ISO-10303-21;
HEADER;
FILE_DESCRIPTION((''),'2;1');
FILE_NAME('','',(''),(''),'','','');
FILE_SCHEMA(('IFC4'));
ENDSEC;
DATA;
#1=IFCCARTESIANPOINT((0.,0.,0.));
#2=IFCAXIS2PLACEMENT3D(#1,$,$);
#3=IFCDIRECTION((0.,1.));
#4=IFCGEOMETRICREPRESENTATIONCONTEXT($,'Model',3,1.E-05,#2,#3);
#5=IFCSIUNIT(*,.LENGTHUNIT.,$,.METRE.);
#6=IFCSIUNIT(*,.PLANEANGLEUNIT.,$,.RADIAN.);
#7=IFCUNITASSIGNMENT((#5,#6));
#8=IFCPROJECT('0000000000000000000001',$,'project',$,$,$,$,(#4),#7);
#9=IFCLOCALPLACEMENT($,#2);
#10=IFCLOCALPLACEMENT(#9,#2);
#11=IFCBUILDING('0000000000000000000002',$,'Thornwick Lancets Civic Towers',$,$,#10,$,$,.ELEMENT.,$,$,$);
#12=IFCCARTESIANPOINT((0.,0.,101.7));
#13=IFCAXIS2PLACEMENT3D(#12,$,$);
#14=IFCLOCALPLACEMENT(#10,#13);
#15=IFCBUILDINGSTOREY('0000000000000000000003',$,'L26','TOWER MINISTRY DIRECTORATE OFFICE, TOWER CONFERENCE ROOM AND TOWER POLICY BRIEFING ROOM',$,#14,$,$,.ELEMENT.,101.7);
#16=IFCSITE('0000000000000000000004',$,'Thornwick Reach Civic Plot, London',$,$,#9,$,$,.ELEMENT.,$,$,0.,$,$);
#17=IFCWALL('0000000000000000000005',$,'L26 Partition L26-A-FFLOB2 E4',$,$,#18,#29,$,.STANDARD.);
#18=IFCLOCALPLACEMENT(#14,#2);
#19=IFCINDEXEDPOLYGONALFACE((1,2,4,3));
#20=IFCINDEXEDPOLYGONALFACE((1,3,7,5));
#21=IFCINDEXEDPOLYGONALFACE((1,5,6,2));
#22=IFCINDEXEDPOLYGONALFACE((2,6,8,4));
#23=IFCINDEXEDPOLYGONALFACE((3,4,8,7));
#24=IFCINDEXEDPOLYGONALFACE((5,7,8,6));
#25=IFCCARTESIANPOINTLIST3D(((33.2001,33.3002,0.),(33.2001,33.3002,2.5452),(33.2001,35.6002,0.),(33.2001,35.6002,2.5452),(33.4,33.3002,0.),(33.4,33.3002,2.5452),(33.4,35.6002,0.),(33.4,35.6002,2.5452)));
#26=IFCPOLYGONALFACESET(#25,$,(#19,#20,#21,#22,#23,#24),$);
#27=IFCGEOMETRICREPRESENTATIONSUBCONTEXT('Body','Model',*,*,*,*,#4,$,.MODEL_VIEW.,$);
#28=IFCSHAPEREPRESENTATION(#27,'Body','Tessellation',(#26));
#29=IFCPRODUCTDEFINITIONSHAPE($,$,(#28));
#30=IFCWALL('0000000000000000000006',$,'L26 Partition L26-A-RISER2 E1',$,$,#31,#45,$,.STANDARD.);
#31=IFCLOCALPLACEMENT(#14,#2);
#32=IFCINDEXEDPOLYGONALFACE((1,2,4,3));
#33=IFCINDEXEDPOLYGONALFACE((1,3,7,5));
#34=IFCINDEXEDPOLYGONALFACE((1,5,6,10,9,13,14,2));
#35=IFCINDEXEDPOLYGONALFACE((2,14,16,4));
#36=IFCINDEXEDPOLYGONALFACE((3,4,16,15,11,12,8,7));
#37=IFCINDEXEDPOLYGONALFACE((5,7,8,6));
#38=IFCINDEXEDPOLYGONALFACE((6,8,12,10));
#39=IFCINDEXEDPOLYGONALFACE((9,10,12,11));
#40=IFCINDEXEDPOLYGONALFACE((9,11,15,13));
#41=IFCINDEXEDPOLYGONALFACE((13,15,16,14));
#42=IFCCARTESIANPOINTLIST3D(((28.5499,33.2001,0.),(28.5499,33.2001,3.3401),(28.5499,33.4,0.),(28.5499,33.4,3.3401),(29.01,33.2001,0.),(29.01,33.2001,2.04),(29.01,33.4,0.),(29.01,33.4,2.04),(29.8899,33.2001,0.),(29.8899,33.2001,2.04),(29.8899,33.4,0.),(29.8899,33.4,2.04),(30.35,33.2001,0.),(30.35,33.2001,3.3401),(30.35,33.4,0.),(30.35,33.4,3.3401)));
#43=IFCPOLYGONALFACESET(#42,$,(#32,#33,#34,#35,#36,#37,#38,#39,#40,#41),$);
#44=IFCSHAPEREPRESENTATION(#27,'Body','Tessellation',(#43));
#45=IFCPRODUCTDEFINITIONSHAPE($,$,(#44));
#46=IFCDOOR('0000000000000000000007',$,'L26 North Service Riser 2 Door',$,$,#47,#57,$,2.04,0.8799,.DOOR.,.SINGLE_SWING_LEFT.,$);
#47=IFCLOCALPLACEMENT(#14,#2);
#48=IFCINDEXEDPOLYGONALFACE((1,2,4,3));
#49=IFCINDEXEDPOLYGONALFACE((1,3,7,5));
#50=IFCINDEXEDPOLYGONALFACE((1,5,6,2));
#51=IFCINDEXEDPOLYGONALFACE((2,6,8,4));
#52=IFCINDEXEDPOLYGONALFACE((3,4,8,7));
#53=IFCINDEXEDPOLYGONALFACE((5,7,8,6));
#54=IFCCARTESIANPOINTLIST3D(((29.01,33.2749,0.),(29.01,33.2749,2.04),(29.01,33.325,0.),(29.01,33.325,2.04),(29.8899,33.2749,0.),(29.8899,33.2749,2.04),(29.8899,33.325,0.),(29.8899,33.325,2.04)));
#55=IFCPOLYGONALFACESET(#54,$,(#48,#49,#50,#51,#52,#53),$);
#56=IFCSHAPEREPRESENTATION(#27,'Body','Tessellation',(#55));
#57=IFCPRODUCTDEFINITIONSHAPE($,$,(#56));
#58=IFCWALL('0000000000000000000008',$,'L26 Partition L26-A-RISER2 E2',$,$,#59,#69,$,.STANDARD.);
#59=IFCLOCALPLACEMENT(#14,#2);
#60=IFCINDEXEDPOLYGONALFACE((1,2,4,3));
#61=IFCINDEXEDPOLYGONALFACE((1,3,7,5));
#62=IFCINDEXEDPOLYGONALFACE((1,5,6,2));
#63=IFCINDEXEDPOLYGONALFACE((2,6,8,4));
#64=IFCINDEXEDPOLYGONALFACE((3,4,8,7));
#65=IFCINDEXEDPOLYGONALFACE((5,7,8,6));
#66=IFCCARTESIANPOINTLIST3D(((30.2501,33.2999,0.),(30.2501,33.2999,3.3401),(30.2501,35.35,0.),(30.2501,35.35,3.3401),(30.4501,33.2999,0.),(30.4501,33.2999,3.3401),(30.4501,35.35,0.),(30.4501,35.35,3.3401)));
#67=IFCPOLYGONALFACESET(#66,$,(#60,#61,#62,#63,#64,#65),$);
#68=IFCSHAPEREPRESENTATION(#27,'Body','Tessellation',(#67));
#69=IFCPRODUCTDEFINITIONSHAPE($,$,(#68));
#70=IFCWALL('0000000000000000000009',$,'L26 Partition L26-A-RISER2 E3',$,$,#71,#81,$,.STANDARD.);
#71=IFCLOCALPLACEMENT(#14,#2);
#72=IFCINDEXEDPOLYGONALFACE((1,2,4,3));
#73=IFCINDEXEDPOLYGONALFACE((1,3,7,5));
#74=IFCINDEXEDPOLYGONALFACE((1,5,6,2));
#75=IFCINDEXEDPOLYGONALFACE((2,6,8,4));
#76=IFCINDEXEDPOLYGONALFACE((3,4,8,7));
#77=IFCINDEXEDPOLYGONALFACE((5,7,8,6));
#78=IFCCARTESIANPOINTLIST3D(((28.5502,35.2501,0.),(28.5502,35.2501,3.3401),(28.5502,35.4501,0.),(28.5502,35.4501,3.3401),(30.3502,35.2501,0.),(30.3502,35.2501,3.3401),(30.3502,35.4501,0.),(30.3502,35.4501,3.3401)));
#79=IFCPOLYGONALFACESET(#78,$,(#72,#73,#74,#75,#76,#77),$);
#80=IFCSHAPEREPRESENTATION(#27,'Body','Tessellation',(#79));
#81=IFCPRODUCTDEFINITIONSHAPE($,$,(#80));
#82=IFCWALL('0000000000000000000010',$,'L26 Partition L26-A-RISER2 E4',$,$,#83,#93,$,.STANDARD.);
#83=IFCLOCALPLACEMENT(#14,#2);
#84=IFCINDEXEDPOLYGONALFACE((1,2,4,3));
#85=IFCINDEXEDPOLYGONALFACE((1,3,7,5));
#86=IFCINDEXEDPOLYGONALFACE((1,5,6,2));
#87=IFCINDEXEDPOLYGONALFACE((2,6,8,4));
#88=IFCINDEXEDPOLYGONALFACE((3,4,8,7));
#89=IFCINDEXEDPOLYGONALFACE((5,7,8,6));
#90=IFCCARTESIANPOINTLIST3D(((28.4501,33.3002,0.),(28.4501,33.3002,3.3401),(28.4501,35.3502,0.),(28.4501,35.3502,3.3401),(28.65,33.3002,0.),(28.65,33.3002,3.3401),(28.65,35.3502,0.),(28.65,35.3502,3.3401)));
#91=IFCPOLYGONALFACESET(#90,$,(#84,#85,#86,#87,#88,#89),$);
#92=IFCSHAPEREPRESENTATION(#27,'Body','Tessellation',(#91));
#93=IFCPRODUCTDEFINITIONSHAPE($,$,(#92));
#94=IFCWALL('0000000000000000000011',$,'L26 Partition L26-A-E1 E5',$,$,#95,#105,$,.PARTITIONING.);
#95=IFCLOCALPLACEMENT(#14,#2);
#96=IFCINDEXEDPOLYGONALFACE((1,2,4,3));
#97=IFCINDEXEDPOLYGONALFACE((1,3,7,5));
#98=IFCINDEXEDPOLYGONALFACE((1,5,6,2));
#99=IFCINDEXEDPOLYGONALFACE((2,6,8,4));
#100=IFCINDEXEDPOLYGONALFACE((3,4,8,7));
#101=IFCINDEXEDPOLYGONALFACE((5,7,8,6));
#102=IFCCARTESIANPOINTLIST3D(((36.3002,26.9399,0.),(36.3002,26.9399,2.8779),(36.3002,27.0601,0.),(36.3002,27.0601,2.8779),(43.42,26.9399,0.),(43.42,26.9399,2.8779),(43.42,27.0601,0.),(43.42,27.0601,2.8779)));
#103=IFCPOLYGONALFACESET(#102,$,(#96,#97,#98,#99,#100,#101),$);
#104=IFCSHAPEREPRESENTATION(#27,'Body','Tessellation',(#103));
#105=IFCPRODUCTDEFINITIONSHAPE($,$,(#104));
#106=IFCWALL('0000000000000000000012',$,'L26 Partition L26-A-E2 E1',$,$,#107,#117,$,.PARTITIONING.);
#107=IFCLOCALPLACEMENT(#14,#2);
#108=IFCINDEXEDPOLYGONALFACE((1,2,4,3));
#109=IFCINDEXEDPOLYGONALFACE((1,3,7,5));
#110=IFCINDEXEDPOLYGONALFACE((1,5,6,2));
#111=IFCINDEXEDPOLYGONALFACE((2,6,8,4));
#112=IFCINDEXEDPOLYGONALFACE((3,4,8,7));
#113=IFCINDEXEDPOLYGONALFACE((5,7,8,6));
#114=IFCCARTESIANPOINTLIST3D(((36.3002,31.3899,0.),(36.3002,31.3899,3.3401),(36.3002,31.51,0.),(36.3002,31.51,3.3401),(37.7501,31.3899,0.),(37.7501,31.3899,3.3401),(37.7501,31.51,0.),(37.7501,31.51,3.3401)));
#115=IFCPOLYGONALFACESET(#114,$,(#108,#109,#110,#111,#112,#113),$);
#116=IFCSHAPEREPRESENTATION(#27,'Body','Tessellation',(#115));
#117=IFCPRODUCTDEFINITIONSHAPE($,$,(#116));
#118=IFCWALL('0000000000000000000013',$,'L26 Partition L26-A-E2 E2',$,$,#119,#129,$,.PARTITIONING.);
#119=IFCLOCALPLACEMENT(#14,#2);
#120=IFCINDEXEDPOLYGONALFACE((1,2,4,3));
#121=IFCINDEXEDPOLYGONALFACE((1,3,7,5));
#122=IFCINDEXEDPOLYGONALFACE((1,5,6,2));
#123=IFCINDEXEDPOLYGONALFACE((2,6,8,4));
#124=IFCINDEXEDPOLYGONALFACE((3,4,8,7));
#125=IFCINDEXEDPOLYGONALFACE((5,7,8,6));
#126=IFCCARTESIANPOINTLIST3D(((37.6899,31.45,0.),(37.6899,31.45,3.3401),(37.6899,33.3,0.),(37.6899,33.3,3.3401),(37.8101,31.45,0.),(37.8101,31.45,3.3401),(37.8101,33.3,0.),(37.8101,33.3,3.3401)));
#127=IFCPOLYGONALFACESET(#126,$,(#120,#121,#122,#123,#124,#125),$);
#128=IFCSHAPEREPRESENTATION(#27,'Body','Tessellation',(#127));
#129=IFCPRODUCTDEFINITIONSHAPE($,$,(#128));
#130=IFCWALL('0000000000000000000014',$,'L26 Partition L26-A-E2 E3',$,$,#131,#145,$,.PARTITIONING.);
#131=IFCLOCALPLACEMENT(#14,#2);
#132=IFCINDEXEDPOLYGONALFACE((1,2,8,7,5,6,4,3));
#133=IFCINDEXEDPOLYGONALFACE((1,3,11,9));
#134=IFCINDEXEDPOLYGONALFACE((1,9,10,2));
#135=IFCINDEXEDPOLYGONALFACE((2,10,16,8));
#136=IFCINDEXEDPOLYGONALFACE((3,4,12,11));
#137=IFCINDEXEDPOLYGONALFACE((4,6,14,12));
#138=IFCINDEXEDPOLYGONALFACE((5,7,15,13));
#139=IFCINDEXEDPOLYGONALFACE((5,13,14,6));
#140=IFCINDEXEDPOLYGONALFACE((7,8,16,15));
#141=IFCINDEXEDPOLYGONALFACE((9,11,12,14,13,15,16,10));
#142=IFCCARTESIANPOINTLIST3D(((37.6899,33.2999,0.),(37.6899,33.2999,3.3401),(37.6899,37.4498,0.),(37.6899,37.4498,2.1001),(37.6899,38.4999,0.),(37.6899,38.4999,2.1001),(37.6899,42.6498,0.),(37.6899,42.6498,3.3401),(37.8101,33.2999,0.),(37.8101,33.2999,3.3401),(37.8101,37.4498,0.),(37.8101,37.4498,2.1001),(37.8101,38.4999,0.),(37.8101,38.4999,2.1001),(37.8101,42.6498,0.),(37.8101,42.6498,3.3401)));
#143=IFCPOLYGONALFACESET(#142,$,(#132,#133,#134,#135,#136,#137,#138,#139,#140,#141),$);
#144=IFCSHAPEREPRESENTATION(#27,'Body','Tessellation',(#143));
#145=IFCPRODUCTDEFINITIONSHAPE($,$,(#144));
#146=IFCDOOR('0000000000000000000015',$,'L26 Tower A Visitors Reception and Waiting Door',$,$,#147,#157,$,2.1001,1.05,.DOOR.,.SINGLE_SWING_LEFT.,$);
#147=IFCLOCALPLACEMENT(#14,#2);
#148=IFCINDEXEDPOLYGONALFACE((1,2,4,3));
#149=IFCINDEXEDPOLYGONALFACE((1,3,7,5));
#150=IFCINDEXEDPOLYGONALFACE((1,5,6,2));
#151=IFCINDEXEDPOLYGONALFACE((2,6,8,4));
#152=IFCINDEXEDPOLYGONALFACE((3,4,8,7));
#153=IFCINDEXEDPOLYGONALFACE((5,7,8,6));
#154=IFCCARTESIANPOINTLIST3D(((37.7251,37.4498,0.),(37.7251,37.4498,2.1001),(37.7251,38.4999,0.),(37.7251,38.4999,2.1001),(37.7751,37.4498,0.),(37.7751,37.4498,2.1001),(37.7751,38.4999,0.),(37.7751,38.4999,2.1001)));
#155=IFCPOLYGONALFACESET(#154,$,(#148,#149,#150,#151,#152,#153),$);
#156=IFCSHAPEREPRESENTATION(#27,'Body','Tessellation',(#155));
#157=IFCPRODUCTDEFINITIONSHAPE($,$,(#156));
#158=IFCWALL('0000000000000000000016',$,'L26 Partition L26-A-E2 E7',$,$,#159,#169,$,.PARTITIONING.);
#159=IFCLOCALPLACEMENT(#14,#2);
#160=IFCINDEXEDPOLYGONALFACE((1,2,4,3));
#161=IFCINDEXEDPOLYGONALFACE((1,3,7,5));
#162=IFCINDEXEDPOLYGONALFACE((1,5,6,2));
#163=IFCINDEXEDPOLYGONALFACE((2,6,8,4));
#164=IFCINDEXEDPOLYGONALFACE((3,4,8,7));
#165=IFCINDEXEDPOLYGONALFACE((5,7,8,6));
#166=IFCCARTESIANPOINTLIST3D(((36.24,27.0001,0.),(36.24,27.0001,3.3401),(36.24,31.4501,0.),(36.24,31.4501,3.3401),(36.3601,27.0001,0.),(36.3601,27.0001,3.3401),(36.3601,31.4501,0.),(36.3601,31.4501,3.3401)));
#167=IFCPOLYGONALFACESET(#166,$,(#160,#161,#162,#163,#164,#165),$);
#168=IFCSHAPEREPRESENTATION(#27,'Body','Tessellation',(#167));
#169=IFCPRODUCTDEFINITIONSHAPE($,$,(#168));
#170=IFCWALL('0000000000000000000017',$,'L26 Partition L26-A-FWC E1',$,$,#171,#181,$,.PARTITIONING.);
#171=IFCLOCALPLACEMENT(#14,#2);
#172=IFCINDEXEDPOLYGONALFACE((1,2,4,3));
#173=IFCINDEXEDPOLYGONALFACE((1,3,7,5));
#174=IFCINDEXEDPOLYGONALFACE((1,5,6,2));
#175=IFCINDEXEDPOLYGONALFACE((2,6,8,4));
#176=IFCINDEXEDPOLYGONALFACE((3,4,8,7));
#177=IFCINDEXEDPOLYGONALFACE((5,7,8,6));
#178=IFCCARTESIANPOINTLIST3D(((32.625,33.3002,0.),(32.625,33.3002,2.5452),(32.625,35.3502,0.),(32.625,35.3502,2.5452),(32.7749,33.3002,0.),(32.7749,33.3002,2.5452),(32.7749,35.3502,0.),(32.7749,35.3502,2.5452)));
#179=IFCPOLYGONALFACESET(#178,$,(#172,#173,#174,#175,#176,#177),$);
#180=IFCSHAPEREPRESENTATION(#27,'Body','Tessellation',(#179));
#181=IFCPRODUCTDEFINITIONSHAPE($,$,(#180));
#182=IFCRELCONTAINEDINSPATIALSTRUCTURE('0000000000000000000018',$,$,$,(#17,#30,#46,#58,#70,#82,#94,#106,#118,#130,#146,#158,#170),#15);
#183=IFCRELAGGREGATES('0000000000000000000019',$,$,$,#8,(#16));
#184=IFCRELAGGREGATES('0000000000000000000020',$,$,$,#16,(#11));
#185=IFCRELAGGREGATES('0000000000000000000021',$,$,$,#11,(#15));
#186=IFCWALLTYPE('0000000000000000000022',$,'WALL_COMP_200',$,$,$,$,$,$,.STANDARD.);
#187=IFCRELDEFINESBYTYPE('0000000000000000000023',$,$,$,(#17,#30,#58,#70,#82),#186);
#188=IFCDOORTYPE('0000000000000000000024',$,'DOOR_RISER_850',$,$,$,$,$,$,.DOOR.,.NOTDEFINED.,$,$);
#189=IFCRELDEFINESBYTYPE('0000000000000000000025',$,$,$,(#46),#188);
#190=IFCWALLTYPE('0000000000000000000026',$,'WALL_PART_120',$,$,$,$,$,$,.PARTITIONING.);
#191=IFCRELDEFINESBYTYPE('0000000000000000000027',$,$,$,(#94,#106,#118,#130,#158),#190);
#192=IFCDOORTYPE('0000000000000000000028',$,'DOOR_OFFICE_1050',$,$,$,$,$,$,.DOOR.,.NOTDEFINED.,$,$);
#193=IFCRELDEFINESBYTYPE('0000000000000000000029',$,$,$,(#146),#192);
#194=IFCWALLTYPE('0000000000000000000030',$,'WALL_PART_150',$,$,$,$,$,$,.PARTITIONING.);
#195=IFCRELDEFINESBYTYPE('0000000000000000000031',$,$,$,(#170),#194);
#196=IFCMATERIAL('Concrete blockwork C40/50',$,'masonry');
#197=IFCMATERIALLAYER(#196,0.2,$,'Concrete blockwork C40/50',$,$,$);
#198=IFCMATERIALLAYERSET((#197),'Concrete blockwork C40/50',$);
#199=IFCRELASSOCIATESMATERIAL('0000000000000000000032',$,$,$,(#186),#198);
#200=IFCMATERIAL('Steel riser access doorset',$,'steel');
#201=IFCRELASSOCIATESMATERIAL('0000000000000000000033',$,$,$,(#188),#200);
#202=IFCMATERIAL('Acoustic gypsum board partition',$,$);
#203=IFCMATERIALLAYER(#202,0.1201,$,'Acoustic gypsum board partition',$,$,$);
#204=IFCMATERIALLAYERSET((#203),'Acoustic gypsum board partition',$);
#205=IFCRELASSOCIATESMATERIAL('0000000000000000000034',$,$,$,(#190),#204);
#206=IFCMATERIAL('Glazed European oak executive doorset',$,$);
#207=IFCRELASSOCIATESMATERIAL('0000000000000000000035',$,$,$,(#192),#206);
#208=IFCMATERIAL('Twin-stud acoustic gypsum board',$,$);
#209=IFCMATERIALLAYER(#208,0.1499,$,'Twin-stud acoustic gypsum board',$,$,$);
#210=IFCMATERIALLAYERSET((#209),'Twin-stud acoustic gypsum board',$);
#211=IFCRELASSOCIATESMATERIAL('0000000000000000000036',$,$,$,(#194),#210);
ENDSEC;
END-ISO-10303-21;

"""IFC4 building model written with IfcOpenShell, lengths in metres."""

from ifc_helpers import new_model, si_unit, direction, frame, frame_2d, origin, place, context, subcontext, project, spatial, rectangle, extrude, material, layer, layer_set, type_object, element, fill, save


model = new_model("IFC4")

# Units and contexts
model_context = context("Model", 3, precision=1e-05, world=origin(), true_north=direction((0.0, 1.0)))
body_context = subcontext(model_context, "Body", "Model", "MODEL_VIEW")
ifc_project = project(units=[si_unit("LENGTHUNIT", "METRE"), si_unit("PLANEANGLEUNIT", "RADIAN")], contexts=[model_context])

# Site, building, storey
site_placement = place(None, origin())
site = spatial("IfcSite", under=ifc_project, at=site_placement, Name="Thornwick Reach Civic Plot, London", CompositionType="ELEMENT", RefElevation=0.0)
building_placement = place(site_placement, origin())
building = spatial("IfcBuilding", under=site, at=building_placement, Name="Thornwick Lancets Civic Towers", CompositionType="ELEMENT")
storey_placement = place(building_placement, frame((0.0, 0.0, 101.7)))
storey = spatial("IfcBuildingStorey", under=building, at=storey_placement, Name="L26", Description="TOWER MINISTRY DIRECTORATE OFFICE, TOWER CONFERENCE ROOM AND TOWER POLICY BRIEFING ROOM", CompositionType="ELEMENT", Elevation=101.7)

# Shared definitions
ifc_material_1 = material(Name="Concrete blockwork C40/50", Category="masonry")
ifc_layer_1 = layer(ifc_material_1, 0.2, Name="Concrete blockwork C40/50")
ifc_layer_set_1 = layer_set([ifc_layer_1], Name="Concrete blockwork C40/50")
wall_type_1 = type_object("IfcWallType", Name="WALL_COMP_200", PredefinedType="STANDARD", material=ifc_layer_set_1)

# Wall
wall_1_placement = place(storey_placement, frame((33.3, 35.6001, 0.0), z_axis=(0.0, 0.0, 1.0), x_axis=(0.0, -1.0, 0.0)))
element("IfcWall", 1, at=wall_1_placement, inside=storey, type_object=wall_type_1, Name="L26 Partition L26-A-FFLOB2 E4", PredefinedType="STANDARD", context=body_context, shape_type="SweptSolid", body=[
    extrude(rectangle(XDim=2.3, YDim=0.2, at=frame_2d((1.1499, 0.0))), origin(), (0.0, 0.0, 1.0), 2.5452),
])

# Wall, opening, door
wall_2_placement = place(storey_placement, frame((28.55, 33.3, 0.0), z_axis=(0.0, 0.0, 1.0), x_axis=(1.0, 0.0, 0.0)))
wall_2 = element("IfcWall", 2, at=wall_2_placement, inside=storey, type_object=wall_type_1, Name="L26 Partition L26-A-RISER2 E1", PredefinedType="STANDARD", context=body_context, shape_type="SweptSolid", body=[
    extrude(rectangle(XDim=1.8, YDim=0.2, at=frame_2d((0.8999, 0.0))), origin(), (0.0, 0.0, 1.0), 3.3401),
])
opening_1_placement = place(wall_2_placement, frame((0.46, 0.0, 0.0)))
opening_1 = element("IfcOpeningElement", 3, at=opening_1_placement, cuts=wall_2, PredefinedType="OPENING", context=body_context, shape_type="SweptSolid", body=[
    extrude(rectangle(XDim=0.8799, YDim=2.04, at=frame_2d((0.4399, 1.02))), frame((0.0, 0.1099, 0.0), z_axis=(0.0, -1.0, 0.0), x_axis=(1.0, 0.0, 0.0)), (0.0, 0.0, 1.0), 0.22),
])
ifc_material_2 = material(Name="Steel riser access doorset", Category="steel")
door_type_1 = type_object("IfcDoorType", Name="DOOR_RISER_850", OperationType="NOTDEFINED", PredefinedType="DOOR", material=ifc_material_2)
door_1_placement = place(opening_1_placement, origin())
door_1 = element("IfcDoor", 4, at=door_1_placement, inside=storey, type_object=door_type_1, Name="L26 North Service Riser 2 Door", OperationType="SINGLE_SWING_LEFT", OverallHeight=2.04, OverallWidth=0.8799, PredefinedType="DOOR", context=body_context, shape_type="SweptSolid", body=[
    extrude(rectangle(XDim=0.8799, YDim=2.04, at=frame_2d((0.4399, 1.02))), frame((0.0, 0.0249, 0.0), z_axis=(0.0, -1.0, 0.0), x_axis=(1.0, 0.0, 0.0)), (0.0, 0.0, 1.0), 0.05),
])
fill(opening_1, door_1)

# Walls
wall_3_placement = place(storey_placement, frame((30.3501, 33.3, 0.0), z_axis=(0.0, 0.0, 1.0), x_axis=(0.0, 1.0, 0.0)))
element("IfcWall", 5, at=wall_3_placement, inside=storey, type_object=wall_type_1, Name="L26 Partition L26-A-RISER2 E2", PredefinedType="STANDARD", context=body_context, shape_type="SweptSolid", body=[
    extrude(rectangle(XDim=2.05, YDim=0.2, at=frame_2d((1.0249, 0.0))), origin(), (0.0, 0.0, 1.0), 3.3401),
])
wall_4_placement = place(storey_placement, frame((30.3501, 35.3501, 0.0), z_axis=(0.0, 0.0, 1.0), x_axis=(-1.0, 0.0, 0.0)))
element("IfcWall", 6, at=wall_4_placement, inside=storey, type_object=wall_type_1, Name="L26 Partition L26-A-RISER2 E3", PredefinedType="STANDARD", context=body_context, shape_type="SweptSolid", body=[
    extrude(rectangle(XDim=1.8, YDim=0.2, at=frame_2d((0.8999, 0.0))), origin(), (0.0, 0.0, 1.0), 3.3401),
])
wall_5_placement = place(storey_placement, frame((28.55, 35.3501, 0.0), z_axis=(0.0, 0.0, 1.0), x_axis=(0.0, -1.0, 0.0)))
element("IfcWall", 7, at=wall_5_placement, inside=storey, type_object=wall_type_1, Name="L26 Partition L26-A-RISER2 E4", PredefinedType="STANDARD", context=body_context, shape_type="SweptSolid", body=[
    extrude(rectangle(XDim=2.05, YDim=0.2, at=frame_2d((1.0249, 0.0))), origin(), (0.0, 0.0, 1.0), 3.3401),
])
ifc_material_3 = material(Name="Acoustic gypsum board partition")
ifc_layer_2 = layer(ifc_material_3, 0.1201, Name="Acoustic gypsum board partition")
ifc_layer_set_2 = layer_set([ifc_layer_2], Name="Acoustic gypsum board partition")
wall_type_2 = type_object("IfcWallType", Name="WALL_PART_120", PredefinedType="PARTITIONING", material=ifc_layer_set_2)
wall_6_placement = place(storey_placement, frame((36.3, 27.0, 0.0), z_axis=(0.0, 0.0, 1.0), x_axis=(1.0, 0.0, 0.0)))
element("IfcWall", 8, at=wall_6_placement, inside=storey, type_object=wall_type_2, Name="L26 Partition L26-A-E1 E5", PredefinedType="PARTITIONING", context=body_context, shape_type="SweptSolid", body=[
    extrude(rectangle(XDim=7.1199, YDim=0.1201, at=frame_2d((3.5601, 0.0))), origin(), (0.0, 0.0, 1.0), 2.8779),
])
wall_7_placement = place(storey_placement, frame((36.3, 31.45, 0.0), z_axis=(0.0, 0.0, 1.0), x_axis=(1.0, 0.0, 0.0)))
element("IfcWall", 9, at=wall_7_placement, inside=storey, type_object=wall_type_2, Name="L26 Partition L26-A-E2 E1", PredefinedType="PARTITIONING", context=body_context, shape_type="SweptSolid", body=[
    extrude(rectangle(XDim=1.45, YDim=0.1201, at=frame_2d((0.7251, 0.0))), origin(), (0.0, 0.0, 1.0), 3.3401),
])
wall_8_placement = place(storey_placement, frame((37.75, 31.45, 0.0), z_axis=(0.0, 0.0, 1.0), x_axis=(0.0, 1.0, 0.0)))
element("IfcWall", 10, at=wall_8_placement, inside=storey, type_object=wall_type_2, Name="L26 Partition L26-A-E2 E2", PredefinedType="PARTITIONING", context=body_context, shape_type="SweptSolid", body=[
    extrude(rectangle(XDim=1.8501, YDim=0.1201, at=frame_2d((0.925, 0.0))), origin(), (0.0, 0.0, 1.0), 3.3401),
])

# Wall, opening, door
wall_9_placement = place(storey_placement, frame((37.75, 33.3, 0.0), z_axis=(0.0, 0.0, 1.0), x_axis=(0.0, 1.0, 0.0)))
wall_9 = element("IfcWall", 11, at=wall_9_placement, inside=storey, type_object=wall_type_2, Name="L26 Partition L26-A-E2 E3", PredefinedType="PARTITIONING", context=body_context, shape_type="SweptSolid", body=[
    extrude(rectangle(XDim=9.3499, YDim=0.1201, at=frame_2d((4.6748, 0.0))), origin(), (0.0, 0.0, 1.0), 3.3401),
])
opening_2_placement = place(wall_9_placement, frame((4.1499, 0.0, 0.0)))
opening_2 = element("IfcOpeningElement", 12, at=opening_2_placement, cuts=wall_9, PredefinedType="OPENING", context=body_context, shape_type="SweptSolid", body=[
    extrude(rectangle(XDim=1.05, YDim=2.1001, at=frame_2d((0.5249, 1.05))), frame((0.0, 0.0701, 0.0), z_axis=(0.0, -1.0, 0.0), x_axis=(1.0, 0.0, 0.0)), (0.0, 0.0, 1.0), 0.1401),
])
ifc_material_4 = material(Name="Glazed European oak executive doorset")
door_type_2 = type_object("IfcDoorType", Name="DOOR_OFFICE_1050", OperationType="NOTDEFINED", PredefinedType="DOOR", material=ifc_material_4)
door_2_placement = place(opening_2_placement, origin())
door_2 = element("IfcDoor", 13, at=door_2_placement, inside=storey, type_object=door_type_2, Name="L26 Tower A Visitors Reception and Waiting Door", OperationType="SINGLE_SWING_LEFT", OverallHeight=2.1001, OverallWidth=1.05, PredefinedType="DOOR", context=body_context, shape_type="SweptSolid", body=[
    extrude(rectangle(XDim=1.05, YDim=2.1001, at=frame_2d((0.5249, 1.05))), frame((0.0, 0.0249, 0.0), z_axis=(0.0, -1.0, 0.0), x_axis=(1.0, 0.0, 0.0)), (0.0, 0.0, 1.0), 0.05),
])
fill(opening_2, door_2)

# Walls
wall_10_placement = place(storey_placement, frame((36.3, 27.0, 0.0), z_axis=(0.0, 0.0, 1.0), x_axis=(0.0, 1.0, 0.0)))
element("IfcWall", 14, at=wall_10_placement, inside=storey, type_object=wall_type_2, Name="L26 Partition L26-A-E2 E7", PredefinedType="PARTITIONING", context=body_context, shape_type="SweptSolid", body=[
    extrude(rectangle(XDim=4.45, YDim=0.1201, at=frame_2d((2.2251, 0.0))), origin(), (0.0, 0.0, 1.0), 3.3401),
])
ifc_material_5 = material(Name="Twin-stud acoustic gypsum board")
ifc_layer_3 = layer(ifc_material_5, 0.1499, Name="Twin-stud acoustic gypsum board")
ifc_layer_set_3 = layer_set([ifc_layer_3], Name="Twin-stud acoustic gypsum board")
wall_type_3 = type_object("IfcWallType", Name="WALL_PART_150", PredefinedType="PARTITIONING", material=ifc_layer_set_3)
wall_11_placement = place(storey_placement, frame((32.7, 35.3501, 0.0), z_axis=(0.0, 0.0, 1.0), x_axis=(0.0, -1.0, 0.0)))
element("IfcWall", 15, at=wall_11_placement, inside=storey, type_object=wall_type_3, Name="L26 Partition L26-A-FWC E1", PredefinedType="PARTITIONING", context=body_context, shape_type="SweptSolid", body=[
    extrude(rectangle(XDim=2.05, YDim=0.1499, at=frame_2d((1.0249, 0.0))), origin(), (0.0, 0.0, 1.0), 2.5452),
])

save(model, "model.ifc")
